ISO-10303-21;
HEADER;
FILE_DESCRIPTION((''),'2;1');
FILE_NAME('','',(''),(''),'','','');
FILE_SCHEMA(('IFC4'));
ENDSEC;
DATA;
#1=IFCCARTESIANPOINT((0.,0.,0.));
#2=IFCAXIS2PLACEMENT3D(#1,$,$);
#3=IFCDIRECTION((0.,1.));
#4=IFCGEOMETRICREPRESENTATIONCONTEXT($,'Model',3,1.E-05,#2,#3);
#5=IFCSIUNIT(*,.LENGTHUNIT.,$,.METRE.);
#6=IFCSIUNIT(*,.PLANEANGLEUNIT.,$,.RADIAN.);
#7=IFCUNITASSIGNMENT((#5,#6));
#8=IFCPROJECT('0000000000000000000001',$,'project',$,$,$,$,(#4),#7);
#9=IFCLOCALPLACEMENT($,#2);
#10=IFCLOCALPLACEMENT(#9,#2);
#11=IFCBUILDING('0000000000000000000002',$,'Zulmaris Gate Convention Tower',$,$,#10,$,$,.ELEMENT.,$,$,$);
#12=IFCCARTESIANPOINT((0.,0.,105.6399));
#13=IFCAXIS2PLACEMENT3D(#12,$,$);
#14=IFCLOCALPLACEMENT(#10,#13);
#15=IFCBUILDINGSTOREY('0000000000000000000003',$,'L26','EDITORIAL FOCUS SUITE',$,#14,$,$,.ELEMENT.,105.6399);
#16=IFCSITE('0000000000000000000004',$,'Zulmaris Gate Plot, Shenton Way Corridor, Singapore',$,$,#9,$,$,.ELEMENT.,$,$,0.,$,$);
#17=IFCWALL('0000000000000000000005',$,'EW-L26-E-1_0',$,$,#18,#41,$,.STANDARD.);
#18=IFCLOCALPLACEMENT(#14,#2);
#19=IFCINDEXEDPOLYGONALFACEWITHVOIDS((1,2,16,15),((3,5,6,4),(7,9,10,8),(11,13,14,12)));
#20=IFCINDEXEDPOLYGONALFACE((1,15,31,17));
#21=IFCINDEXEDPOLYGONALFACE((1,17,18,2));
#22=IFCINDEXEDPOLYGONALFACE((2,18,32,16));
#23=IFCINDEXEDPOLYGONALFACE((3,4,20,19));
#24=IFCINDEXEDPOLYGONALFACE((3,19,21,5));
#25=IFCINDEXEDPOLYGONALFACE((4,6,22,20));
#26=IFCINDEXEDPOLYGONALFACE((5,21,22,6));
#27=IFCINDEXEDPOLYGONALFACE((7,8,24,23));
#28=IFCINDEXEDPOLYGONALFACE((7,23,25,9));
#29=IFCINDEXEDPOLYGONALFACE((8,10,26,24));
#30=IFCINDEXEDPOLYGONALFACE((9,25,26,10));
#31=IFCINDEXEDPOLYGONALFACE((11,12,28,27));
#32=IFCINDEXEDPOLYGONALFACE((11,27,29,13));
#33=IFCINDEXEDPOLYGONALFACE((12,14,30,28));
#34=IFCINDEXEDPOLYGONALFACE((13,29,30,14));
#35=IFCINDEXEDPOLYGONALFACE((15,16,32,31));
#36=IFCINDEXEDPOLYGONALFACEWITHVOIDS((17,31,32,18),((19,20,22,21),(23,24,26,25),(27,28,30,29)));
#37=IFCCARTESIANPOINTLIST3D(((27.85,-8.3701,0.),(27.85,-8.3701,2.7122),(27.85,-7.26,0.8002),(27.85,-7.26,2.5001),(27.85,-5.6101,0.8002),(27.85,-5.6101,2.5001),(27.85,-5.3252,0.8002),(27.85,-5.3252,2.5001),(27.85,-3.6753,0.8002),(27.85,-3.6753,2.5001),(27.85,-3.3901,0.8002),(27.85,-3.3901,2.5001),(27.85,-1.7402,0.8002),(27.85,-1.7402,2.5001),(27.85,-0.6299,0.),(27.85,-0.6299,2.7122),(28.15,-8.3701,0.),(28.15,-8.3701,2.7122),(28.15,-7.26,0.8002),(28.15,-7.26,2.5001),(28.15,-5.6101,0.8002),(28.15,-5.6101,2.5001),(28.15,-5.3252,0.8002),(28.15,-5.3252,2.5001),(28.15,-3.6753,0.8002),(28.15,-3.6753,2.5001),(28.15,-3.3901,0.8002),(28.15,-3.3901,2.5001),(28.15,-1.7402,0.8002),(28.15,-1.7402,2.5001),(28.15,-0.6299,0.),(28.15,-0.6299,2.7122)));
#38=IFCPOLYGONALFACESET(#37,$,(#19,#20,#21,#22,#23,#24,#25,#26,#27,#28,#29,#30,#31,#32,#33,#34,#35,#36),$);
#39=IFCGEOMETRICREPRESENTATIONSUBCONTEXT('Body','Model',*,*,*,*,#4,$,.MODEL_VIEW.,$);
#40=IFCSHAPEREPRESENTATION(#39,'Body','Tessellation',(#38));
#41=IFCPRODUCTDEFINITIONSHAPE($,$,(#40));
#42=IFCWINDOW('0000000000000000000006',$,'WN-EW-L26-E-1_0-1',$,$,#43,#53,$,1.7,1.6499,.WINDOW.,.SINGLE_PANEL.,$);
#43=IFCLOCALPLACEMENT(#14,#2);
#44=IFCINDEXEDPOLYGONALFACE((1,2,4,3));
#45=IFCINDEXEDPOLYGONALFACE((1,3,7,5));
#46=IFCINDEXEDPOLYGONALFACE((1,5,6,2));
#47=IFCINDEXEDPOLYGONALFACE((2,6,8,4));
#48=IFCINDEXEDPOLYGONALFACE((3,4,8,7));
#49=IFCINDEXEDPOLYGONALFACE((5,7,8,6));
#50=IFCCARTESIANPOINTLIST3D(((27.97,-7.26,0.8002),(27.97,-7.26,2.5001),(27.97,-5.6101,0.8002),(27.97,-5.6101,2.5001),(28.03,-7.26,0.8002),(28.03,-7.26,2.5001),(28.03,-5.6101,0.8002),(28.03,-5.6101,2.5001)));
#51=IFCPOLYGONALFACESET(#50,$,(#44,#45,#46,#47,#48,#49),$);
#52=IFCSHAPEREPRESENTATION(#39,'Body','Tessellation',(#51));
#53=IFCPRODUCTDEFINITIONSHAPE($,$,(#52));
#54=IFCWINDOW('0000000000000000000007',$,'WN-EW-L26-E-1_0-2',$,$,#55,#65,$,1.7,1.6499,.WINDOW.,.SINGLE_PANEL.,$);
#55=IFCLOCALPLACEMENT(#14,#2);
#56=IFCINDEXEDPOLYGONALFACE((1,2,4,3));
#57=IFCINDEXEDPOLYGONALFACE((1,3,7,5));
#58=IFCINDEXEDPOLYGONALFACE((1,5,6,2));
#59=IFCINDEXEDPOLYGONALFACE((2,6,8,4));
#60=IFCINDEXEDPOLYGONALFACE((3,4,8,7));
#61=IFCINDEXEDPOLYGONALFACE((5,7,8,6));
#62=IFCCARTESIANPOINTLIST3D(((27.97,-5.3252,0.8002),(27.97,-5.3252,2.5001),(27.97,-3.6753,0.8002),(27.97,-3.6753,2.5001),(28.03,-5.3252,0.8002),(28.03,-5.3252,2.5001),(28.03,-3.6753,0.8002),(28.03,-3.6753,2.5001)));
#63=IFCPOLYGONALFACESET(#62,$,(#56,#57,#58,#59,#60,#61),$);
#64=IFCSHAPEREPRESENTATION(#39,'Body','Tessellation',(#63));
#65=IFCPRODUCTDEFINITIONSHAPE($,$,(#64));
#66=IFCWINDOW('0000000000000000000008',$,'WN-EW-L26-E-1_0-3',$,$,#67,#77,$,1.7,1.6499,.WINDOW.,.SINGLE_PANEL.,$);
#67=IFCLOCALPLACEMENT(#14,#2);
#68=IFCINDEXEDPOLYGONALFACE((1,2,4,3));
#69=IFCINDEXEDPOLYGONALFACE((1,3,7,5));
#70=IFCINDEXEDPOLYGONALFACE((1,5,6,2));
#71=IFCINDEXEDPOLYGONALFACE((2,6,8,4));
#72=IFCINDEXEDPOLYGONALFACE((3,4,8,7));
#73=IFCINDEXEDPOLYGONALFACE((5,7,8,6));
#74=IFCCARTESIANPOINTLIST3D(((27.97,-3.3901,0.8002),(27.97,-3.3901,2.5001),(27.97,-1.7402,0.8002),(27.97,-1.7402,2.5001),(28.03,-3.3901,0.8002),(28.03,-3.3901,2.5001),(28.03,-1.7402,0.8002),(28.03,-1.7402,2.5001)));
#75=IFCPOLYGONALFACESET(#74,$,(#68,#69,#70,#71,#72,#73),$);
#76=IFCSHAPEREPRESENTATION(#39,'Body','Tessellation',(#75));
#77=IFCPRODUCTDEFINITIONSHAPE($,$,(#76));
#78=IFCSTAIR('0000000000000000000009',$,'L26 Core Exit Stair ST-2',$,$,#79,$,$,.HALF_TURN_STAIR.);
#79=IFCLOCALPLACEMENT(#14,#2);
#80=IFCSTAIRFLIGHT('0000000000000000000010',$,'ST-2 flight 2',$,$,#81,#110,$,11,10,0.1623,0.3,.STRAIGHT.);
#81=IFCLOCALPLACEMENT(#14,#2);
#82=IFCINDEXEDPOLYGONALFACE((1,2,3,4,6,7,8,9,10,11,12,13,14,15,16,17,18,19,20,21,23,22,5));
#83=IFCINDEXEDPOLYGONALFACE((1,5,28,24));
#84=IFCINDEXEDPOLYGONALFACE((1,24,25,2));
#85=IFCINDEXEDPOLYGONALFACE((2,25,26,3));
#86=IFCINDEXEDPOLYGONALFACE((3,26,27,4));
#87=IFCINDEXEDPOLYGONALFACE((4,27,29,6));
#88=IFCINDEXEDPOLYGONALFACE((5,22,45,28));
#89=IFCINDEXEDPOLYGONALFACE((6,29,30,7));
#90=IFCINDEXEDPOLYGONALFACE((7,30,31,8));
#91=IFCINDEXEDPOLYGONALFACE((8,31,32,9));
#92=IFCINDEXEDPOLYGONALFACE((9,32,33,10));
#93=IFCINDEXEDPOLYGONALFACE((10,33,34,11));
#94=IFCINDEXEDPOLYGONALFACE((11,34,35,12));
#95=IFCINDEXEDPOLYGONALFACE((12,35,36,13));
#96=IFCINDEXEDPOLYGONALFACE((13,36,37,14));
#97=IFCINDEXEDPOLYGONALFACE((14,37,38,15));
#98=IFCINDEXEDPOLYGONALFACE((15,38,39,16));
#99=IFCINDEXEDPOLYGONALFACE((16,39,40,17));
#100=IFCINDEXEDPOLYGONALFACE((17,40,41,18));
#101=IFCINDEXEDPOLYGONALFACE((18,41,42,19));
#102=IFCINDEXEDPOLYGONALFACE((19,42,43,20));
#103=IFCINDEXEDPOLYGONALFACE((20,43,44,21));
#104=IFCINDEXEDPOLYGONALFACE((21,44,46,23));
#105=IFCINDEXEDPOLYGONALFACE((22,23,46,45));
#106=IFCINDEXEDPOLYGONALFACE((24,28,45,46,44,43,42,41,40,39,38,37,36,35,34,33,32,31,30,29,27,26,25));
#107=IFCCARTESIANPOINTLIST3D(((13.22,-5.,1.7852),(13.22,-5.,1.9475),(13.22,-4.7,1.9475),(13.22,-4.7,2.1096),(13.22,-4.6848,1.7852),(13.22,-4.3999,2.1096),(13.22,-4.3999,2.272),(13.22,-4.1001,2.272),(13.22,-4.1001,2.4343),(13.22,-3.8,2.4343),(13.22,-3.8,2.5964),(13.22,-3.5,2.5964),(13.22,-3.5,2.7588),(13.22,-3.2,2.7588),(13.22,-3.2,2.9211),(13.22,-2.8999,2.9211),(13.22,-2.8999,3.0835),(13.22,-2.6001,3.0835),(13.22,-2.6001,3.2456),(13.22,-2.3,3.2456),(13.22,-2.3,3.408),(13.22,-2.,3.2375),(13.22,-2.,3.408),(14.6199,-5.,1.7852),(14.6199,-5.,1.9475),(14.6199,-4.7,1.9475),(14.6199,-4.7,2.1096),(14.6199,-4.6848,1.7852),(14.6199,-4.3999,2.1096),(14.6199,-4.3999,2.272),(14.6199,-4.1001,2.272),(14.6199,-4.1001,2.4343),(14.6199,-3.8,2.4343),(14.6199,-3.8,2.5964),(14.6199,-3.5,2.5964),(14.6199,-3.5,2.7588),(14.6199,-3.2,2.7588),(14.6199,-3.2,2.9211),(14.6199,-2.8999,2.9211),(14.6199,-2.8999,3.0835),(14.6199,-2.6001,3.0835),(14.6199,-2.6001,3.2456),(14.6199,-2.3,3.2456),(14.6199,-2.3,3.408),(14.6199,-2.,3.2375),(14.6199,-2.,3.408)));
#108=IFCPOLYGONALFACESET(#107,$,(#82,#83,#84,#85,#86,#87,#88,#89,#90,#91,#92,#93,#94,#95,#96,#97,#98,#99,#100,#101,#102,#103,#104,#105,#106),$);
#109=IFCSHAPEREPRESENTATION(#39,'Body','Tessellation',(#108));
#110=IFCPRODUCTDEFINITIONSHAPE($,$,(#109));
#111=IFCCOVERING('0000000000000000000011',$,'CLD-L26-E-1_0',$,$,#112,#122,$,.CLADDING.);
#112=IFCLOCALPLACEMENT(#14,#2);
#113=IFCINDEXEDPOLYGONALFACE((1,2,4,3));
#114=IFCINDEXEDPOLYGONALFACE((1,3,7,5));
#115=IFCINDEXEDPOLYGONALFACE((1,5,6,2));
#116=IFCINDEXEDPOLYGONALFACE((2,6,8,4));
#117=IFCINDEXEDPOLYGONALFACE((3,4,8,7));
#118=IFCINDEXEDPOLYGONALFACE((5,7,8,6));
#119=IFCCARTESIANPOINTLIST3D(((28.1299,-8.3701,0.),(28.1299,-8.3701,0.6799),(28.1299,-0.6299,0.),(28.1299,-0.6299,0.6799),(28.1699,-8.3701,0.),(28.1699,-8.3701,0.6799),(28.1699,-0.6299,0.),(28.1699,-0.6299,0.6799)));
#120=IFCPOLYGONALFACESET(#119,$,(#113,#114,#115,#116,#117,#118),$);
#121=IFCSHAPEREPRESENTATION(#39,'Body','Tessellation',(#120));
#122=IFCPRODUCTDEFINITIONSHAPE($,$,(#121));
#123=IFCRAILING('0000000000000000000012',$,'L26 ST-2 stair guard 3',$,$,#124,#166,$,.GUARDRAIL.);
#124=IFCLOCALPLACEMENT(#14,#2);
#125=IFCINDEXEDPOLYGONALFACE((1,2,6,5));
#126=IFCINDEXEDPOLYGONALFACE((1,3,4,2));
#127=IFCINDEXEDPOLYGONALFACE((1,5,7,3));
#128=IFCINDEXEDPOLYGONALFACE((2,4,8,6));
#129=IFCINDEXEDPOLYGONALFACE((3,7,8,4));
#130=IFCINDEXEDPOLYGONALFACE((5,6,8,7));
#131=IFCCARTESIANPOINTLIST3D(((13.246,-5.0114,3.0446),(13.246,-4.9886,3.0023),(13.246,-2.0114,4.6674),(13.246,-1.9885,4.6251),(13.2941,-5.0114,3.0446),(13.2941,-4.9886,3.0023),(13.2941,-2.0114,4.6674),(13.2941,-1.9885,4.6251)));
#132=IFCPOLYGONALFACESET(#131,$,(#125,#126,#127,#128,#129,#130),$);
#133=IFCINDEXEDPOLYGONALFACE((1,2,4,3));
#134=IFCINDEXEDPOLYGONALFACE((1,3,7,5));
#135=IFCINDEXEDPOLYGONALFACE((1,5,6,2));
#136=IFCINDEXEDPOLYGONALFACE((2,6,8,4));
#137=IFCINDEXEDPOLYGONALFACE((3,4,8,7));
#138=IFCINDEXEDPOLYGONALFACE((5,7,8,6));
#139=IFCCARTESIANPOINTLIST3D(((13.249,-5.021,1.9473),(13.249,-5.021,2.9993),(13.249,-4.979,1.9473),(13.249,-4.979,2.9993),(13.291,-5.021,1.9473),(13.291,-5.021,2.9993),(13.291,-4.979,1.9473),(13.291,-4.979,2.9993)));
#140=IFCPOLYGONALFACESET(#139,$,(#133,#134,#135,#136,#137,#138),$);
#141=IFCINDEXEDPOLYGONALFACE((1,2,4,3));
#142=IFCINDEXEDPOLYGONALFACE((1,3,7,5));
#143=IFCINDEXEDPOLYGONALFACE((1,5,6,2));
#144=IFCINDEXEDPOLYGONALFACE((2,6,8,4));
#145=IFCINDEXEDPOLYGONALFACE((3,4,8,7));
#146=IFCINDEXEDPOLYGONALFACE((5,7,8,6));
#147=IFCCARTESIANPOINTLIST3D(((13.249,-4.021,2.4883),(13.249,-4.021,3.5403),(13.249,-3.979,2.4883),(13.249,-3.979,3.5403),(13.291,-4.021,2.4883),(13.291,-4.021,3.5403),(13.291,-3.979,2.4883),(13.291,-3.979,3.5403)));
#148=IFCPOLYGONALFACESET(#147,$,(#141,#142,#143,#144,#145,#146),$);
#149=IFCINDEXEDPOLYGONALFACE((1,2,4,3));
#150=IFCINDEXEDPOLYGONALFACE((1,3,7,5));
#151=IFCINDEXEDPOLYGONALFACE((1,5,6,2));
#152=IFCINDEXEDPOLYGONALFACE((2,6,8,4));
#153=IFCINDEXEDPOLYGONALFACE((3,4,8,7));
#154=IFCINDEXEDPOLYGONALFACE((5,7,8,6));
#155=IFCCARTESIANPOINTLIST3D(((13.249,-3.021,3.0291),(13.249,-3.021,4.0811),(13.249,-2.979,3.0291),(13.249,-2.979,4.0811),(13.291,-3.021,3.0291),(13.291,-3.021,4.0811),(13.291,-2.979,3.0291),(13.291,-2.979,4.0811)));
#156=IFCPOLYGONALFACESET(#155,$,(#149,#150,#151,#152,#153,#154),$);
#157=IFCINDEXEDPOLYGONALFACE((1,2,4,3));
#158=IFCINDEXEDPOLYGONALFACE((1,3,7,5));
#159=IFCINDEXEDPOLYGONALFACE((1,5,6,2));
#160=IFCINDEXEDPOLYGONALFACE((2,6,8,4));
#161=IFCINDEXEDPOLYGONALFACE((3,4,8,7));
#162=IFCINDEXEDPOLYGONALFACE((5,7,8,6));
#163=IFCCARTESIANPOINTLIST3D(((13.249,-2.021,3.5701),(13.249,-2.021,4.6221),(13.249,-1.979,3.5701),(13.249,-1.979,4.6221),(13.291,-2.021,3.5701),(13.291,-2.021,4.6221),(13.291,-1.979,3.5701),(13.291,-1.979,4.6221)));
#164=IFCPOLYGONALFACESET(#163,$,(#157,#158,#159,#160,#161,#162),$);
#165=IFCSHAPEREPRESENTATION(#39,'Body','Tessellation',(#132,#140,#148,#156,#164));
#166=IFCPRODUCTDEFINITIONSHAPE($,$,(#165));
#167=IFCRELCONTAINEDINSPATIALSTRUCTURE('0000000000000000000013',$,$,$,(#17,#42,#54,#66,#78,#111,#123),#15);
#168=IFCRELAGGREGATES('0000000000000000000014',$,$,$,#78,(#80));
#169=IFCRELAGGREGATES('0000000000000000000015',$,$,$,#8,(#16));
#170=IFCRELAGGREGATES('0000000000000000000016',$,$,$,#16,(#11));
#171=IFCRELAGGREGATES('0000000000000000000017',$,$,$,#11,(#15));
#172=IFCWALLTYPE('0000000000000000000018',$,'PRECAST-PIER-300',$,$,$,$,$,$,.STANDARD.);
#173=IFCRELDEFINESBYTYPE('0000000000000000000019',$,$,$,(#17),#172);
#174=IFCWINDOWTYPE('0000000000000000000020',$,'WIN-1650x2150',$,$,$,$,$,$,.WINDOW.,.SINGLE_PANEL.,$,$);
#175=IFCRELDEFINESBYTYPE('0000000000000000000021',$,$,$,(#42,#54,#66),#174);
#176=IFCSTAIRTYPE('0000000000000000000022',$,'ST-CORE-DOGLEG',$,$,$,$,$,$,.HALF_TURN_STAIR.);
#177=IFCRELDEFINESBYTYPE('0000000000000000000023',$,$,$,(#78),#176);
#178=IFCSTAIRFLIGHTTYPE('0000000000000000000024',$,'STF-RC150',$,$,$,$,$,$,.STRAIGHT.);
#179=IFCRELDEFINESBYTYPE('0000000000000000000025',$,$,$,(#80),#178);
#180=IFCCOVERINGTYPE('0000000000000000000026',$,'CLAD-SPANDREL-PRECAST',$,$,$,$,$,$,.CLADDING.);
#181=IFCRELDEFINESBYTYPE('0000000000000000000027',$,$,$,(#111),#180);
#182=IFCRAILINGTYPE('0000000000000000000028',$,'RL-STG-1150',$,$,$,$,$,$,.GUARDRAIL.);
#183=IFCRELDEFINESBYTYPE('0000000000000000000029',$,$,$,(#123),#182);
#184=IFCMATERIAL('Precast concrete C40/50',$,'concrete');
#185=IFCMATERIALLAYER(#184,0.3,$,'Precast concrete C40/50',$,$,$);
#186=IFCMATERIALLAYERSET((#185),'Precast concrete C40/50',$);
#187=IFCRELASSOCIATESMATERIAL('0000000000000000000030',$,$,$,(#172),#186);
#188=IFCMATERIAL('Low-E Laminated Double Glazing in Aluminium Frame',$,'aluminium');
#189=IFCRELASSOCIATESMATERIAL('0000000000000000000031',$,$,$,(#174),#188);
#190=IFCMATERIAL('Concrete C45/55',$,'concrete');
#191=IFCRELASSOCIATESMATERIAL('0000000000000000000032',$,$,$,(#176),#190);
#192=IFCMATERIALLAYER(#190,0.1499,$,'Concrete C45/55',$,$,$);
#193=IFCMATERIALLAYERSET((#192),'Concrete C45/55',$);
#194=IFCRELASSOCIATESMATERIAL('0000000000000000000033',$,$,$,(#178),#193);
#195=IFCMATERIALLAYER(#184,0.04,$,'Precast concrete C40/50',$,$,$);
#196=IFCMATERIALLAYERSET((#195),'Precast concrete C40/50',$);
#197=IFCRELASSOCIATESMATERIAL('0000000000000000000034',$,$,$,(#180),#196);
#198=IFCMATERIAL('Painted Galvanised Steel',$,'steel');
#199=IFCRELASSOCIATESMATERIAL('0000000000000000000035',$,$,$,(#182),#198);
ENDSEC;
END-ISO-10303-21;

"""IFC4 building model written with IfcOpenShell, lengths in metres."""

from ifc_helpers import new_model, si_unit, direction, frame, frame_2d, origin, origin_2d, place, context, subcontext, project, spatial, polyline, rectangle, outline, extrude, material, layer, layer_set, type_object, element, fill, aggregate, save


model = new_model("IFC4")

# Units and contexts
model_context = context("Model", 3, precision=1e-05, world=origin(), true_north=direction((0.0, 1.0)))
body_context = subcontext(model_context, "Body", "Model", "MODEL_VIEW")
ifc_project = project(units=[si_unit("LENGTHUNIT", "METRE"), si_unit("PLANEANGLEUNIT", "RADIAN")], contexts=[model_context])

# Site, building, storey
site_placement = place(None, origin())
site = spatial("IfcSite", under=ifc_project, at=site_placement, Name="Zulmaris Gate Plot, Shenton Way Corridor, Singapore", CompositionType="ELEMENT", RefElevation=0.0)
building_placement = place(site_placement, origin())
building = spatial("IfcBuilding", under=site, at=building_placement, Name="Zulmaris Gate Convention Tower", CompositionType="ELEMENT")
storey_placement = place(building_placement, frame((0.0, 0.0, 105.6399)))
storey = spatial("IfcBuildingStorey", under=building, at=storey_placement, Name="L26", Description="EDITORIAL FOCUS SUITE", CompositionType="ELEMENT", Elevation=105.6399)

# Wall, openings, windows
ifc_material_1 = material(Name="Precast concrete C40/50", Category="concrete")
ifc_layer_1 = layer(ifc_material_1, 0.3, Name="Precast concrete C40/50")
ifc_layer_set_1 = layer_set([ifc_layer_1], Name="Precast concrete C40/50")
wall_type_1 = type_object("IfcWallType", Name="PRECAST-PIER-300", PredefinedType="STANDARD", material=ifc_layer_set_1)
wall_1_placement = place(storey_placement, frame((28.0, -8.3701, 0.0), z_axis=(0.0, 0.0, 1.0), x_axis=(0.0, 1.0, 0.0)))
wall_1 = element("IfcWall", 1, at=wall_1_placement, inside=storey, type_object=wall_type_1, Name="EW-L26-E-1_0", PredefinedType="STANDARD", context=body_context, shape_type="SweptSolid", body=[
    extrude(rectangle(XDim=7.7402, YDim=0.3, at=frame_2d((3.8701, 0.0))), origin(), (0.0, 0.0, 1.0), 2.7122),
])
opening_1_placement = place(wall_1_placement, frame((1.1101, 0.0, 0.8)))
opening_1 = element("IfcOpeningElement", 2, at=opening_1_placement, cuts=wall_1, PredefinedType="OPENING", context=body_context, shape_type="SweptSolid", body=[
    extrude(rectangle(XDim=1.6499, YDim=1.7, at=frame_2d((0.825, 0.8501))), frame((0.0, 0.1602, 0.0), z_axis=(0.0, -1.0, 0.0), x_axis=(1.0, 0.0, 0.0)), (0.0, 0.0, 1.0), 0.3201),
])
opening_2_placement = place(wall_1_placement, frame((3.0449, 0.0, 0.8)))
opening_2 = element("IfcOpeningElement", 3, at=opening_2_placement, cuts=wall_1, PredefinedType="OPENING", context=body_context, shape_type="SweptSolid", body=[
    extrude(rectangle(XDim=1.6499, YDim=1.7, at=frame_2d((0.825, 0.8501))), frame((0.0, 0.1602, 0.0), z_axis=(0.0, -1.0, 0.0), x_axis=(1.0, 0.0, 0.0)), (0.0, 0.0, 1.0), 0.3201),
])
opening_3_placement = place(wall_1_placement, frame((4.98, 0.0, 0.8)))
opening_3 = element("IfcOpeningElement", 4, at=opening_3_placement, cuts=wall_1, PredefinedType="OPENING", context=body_context, shape_type="SweptSolid", body=[
    extrude(rectangle(XDim=1.6499, YDim=1.7, at=frame_2d((0.825, 0.8501))), frame((0.0, 0.1602, 0.0), z_axis=(0.0, -1.0, 0.0), x_axis=(1.0, 0.0, 0.0)), (0.0, 0.0, 1.0), 0.3201),
])
ifc_material_2 = material(Name="Low-E Laminated Double Glazing in Aluminium Frame", Category="aluminium")
window_type = type_object("IfcWindowType", Name="WIN-1650x2150", PartitioningType="SINGLE_PANEL", PredefinedType="WINDOW", material=ifc_material_2)
window_1_placement = place(opening_1_placement, origin())
window_1 = element("IfcWindow", 5, at=window_1_placement, inside=storey, type_object=window_type, Name="WN-EW-L26-E-1_0-1", OverallHeight=1.7, OverallWidth=1.6499, PartitioningType="SINGLE_PANEL", PredefinedType="WINDOW", context=body_context, shape_type="SweptSolid", body=[
    extrude(rectangle(XDim=1.6499, YDim=1.7, at=frame_2d((0.825, 0.8501))), frame((0.0, 0.03, 0.0), z_axis=(0.0, -1.0, 0.0), x_axis=(1.0, 0.0, 0.0)), (0.0, 0.0, 1.0), 0.0601),
])
fill(opening_1, window_1)
window_2_placement = place(opening_2_placement, origin())
window_2 = element("IfcWindow", 6, at=window_2_placement, inside=storey, type_object=window_type, Name="WN-EW-L26-E-1_0-2", OverallHeight=1.7, OverallWidth=1.6499, PartitioningType="SINGLE_PANEL", PredefinedType="WINDOW", context=body_context, shape_type="SweptSolid", body=[
    extrude(rectangle(XDim=1.6499, YDim=1.7, at=frame_2d((0.825, 0.8501))), frame((0.0, 0.03, 0.0), z_axis=(0.0, -1.0, 0.0), x_axis=(1.0, 0.0, 0.0)), (0.0, 0.0, 1.0), 0.0601),
])
fill(opening_2, window_2)
window_3_placement = place(opening_3_placement, origin())
window_3 = element("IfcWindow", 7, at=window_3_placement, inside=storey, type_object=window_type, Name="WN-EW-L26-E-1_0-3", OverallHeight=1.7, OverallWidth=1.6499, PartitioningType="SINGLE_PANEL", PredefinedType="WINDOW", context=body_context, shape_type="SweptSolid", body=[
    extrude(rectangle(XDim=1.6499, YDim=1.7, at=frame_2d((0.825, 0.8501))), frame((0.0, 0.03, 0.0), z_axis=(0.0, -1.0, 0.0), x_axis=(1.0, 0.0, 0.0)), (0.0, 0.0, 1.0), 0.0601),
])
fill(opening_3, window_3)

# Stair, stair flight
ifc_material_3 = material(Name="Concrete C45/55", Category="concrete")
stair_type = type_object("IfcStairType", Name="ST-CORE-DOGLEG", PredefinedType="HALF_TURN_STAIR", material=ifc_material_3)
stair_placement = place(storey_placement, origin())
stair = element("IfcStair", 8, at=stair_placement, inside=storey, type_object=stair_type, Name="L26 Core Exit Stair ST-2", PredefinedType="HALF_TURN_STAIR")
ifc_layer_2 = layer(ifc_material_3, 0.1499, Name="Concrete C45/55")
ifc_layer_set_2 = layer_set([ifc_layer_2], Name="Concrete C45/55")
stair_flight_type = type_object("IfcStairFlightType", Name="STF-RC150", PredefinedType="STRAIGHT", material=ifc_layer_set_2)
stair_flight_placement = place(storey_placement, frame((13.9199, -5.0, 1.7852), z_axis=(0.0, 0.0, 1.0), x_axis=(0.0, 1.0, 0.0)))
stair_flight = element("IfcStairFlight", 9, at=stair_flight_placement, type_object=stair_flight_type, Name="ST-2 flight 2", NumberOfRisers=11, NumberOfTreads=10, PredefinedType="STRAIGHT", RiserHeight=0.1623, TreadLength=0.3, context=body_context, shape_type="SweptSolid", body=[
    extrude(outline(polyline([(0.0, 0.0), (0.0, 0.1624), (0.3, 0.1624), (0.3, 0.3245), (0.6001, 0.3245), (0.6001, 0.4868), (0.8999, 0.4868), (0.8999, 0.6492), (1.2, 0.6492), (1.2, 0.8113), (1.5, 0.8113), (1.5, 0.9736), (1.8, 0.9736), (1.8, 1.136), (2.1001, 1.136), (2.1001, 1.2983), (2.3999, 1.2983), (2.3999, 1.4604), (2.7, 1.4604), (2.7, 1.6228), (3.0, 1.6228), (3.0, 1.7852), (3.0, 1.4524), (0.3152, 0.0), (0.0, 0.0)])), frame((0.0, 0.7, 0.0), z_axis=(0.0, -1.0, 0.0), x_axis=(1.0, 0.0, 0.0)), (0.0, 0.0, 1.0), 1.3999),
])
aggregate(stair, [stair_flight])

# Covering
ifc_layer_3 = layer(ifc_material_1, 0.04, Name="Precast concrete C40/50")
ifc_layer_set_3 = layer_set([ifc_layer_3], Name="Precast concrete C40/50")
covering_type = type_object("IfcCoveringType", Name="CLAD-SPANDREL-PRECAST", PredefinedType="CLADDING", material=ifc_layer_set_3)
covering_placement = place(storey_placement, frame((28.1499, -8.3701, 0.0), z_axis=(0.0, 0.0, 1.0), x_axis=(0.0, 1.0, 0.0)))
element("IfcCovering", 10, at=covering_placement, inside=storey, type_object=covering_type, Name="CLD-L26-E-1_0", PredefinedType="CLADDING", context=body_context, shape_type="SweptSolid", body=[
    extrude(rectangle(XDim=7.7402, YDim=0.04, at=frame_2d((3.8701, 0.0))), origin(), (0.0, 0.0, 1.0), 0.6799),
])

# Railing
ifc_material_4 = material(Name="Painted Galvanised Steel", Category="steel")
railing_type_1 = type_object("IfcRailingType", Name="RL-STG-1150", PredefinedType="GUARDRAIL", material=ifc_material_4)
railing_1_placement = place(storey_placement, frame((13.27, -5.0, 1.9473)))
element("IfcRailing", 11, at=railing_1_placement, inside=storey, type_object=railing_type_1, Name="L26 ST-2 stair guard 3", PredefinedType="GUARDRAIL", context=body_context, shape_type="SweptSolid", body=[
    extrude(rectangle(XDim=0.0481, YDim=0.0481, at=origin_2d()), frame((0.0, 0.0, 1.0762), z_axis=(0.0, 0.879562, 0.475785), x_axis=(-1.0, 0.0, 0.0)), (0.0, 0.0, 1.0), 3.4109),
    extrude(rectangle(XDim=0.042, YDim=0.042, at=origin_2d()), origin(), (0.0, 0.0, 1.0), 1.052),
    extrude(rectangle(XDim=0.042, YDim=0.042, at=origin_2d()), frame((0.0, 1.0, 0.541)), (0.0, 0.0, 1.0), 1.052),
    extrude(rectangle(XDim=0.042, YDim=0.042, at=origin_2d()), frame((0.0, 2.0, 1.0818)), (0.0, 0.0, 1.0), 1.052),
    extrude(rectangle(XDim=0.042, YDim=0.042, at=origin_2d()), frame((0.0, 3.0, 1.6228)), (0.0, 0.0, 1.0), 1.052),
])

save(model, "model.ifc")
